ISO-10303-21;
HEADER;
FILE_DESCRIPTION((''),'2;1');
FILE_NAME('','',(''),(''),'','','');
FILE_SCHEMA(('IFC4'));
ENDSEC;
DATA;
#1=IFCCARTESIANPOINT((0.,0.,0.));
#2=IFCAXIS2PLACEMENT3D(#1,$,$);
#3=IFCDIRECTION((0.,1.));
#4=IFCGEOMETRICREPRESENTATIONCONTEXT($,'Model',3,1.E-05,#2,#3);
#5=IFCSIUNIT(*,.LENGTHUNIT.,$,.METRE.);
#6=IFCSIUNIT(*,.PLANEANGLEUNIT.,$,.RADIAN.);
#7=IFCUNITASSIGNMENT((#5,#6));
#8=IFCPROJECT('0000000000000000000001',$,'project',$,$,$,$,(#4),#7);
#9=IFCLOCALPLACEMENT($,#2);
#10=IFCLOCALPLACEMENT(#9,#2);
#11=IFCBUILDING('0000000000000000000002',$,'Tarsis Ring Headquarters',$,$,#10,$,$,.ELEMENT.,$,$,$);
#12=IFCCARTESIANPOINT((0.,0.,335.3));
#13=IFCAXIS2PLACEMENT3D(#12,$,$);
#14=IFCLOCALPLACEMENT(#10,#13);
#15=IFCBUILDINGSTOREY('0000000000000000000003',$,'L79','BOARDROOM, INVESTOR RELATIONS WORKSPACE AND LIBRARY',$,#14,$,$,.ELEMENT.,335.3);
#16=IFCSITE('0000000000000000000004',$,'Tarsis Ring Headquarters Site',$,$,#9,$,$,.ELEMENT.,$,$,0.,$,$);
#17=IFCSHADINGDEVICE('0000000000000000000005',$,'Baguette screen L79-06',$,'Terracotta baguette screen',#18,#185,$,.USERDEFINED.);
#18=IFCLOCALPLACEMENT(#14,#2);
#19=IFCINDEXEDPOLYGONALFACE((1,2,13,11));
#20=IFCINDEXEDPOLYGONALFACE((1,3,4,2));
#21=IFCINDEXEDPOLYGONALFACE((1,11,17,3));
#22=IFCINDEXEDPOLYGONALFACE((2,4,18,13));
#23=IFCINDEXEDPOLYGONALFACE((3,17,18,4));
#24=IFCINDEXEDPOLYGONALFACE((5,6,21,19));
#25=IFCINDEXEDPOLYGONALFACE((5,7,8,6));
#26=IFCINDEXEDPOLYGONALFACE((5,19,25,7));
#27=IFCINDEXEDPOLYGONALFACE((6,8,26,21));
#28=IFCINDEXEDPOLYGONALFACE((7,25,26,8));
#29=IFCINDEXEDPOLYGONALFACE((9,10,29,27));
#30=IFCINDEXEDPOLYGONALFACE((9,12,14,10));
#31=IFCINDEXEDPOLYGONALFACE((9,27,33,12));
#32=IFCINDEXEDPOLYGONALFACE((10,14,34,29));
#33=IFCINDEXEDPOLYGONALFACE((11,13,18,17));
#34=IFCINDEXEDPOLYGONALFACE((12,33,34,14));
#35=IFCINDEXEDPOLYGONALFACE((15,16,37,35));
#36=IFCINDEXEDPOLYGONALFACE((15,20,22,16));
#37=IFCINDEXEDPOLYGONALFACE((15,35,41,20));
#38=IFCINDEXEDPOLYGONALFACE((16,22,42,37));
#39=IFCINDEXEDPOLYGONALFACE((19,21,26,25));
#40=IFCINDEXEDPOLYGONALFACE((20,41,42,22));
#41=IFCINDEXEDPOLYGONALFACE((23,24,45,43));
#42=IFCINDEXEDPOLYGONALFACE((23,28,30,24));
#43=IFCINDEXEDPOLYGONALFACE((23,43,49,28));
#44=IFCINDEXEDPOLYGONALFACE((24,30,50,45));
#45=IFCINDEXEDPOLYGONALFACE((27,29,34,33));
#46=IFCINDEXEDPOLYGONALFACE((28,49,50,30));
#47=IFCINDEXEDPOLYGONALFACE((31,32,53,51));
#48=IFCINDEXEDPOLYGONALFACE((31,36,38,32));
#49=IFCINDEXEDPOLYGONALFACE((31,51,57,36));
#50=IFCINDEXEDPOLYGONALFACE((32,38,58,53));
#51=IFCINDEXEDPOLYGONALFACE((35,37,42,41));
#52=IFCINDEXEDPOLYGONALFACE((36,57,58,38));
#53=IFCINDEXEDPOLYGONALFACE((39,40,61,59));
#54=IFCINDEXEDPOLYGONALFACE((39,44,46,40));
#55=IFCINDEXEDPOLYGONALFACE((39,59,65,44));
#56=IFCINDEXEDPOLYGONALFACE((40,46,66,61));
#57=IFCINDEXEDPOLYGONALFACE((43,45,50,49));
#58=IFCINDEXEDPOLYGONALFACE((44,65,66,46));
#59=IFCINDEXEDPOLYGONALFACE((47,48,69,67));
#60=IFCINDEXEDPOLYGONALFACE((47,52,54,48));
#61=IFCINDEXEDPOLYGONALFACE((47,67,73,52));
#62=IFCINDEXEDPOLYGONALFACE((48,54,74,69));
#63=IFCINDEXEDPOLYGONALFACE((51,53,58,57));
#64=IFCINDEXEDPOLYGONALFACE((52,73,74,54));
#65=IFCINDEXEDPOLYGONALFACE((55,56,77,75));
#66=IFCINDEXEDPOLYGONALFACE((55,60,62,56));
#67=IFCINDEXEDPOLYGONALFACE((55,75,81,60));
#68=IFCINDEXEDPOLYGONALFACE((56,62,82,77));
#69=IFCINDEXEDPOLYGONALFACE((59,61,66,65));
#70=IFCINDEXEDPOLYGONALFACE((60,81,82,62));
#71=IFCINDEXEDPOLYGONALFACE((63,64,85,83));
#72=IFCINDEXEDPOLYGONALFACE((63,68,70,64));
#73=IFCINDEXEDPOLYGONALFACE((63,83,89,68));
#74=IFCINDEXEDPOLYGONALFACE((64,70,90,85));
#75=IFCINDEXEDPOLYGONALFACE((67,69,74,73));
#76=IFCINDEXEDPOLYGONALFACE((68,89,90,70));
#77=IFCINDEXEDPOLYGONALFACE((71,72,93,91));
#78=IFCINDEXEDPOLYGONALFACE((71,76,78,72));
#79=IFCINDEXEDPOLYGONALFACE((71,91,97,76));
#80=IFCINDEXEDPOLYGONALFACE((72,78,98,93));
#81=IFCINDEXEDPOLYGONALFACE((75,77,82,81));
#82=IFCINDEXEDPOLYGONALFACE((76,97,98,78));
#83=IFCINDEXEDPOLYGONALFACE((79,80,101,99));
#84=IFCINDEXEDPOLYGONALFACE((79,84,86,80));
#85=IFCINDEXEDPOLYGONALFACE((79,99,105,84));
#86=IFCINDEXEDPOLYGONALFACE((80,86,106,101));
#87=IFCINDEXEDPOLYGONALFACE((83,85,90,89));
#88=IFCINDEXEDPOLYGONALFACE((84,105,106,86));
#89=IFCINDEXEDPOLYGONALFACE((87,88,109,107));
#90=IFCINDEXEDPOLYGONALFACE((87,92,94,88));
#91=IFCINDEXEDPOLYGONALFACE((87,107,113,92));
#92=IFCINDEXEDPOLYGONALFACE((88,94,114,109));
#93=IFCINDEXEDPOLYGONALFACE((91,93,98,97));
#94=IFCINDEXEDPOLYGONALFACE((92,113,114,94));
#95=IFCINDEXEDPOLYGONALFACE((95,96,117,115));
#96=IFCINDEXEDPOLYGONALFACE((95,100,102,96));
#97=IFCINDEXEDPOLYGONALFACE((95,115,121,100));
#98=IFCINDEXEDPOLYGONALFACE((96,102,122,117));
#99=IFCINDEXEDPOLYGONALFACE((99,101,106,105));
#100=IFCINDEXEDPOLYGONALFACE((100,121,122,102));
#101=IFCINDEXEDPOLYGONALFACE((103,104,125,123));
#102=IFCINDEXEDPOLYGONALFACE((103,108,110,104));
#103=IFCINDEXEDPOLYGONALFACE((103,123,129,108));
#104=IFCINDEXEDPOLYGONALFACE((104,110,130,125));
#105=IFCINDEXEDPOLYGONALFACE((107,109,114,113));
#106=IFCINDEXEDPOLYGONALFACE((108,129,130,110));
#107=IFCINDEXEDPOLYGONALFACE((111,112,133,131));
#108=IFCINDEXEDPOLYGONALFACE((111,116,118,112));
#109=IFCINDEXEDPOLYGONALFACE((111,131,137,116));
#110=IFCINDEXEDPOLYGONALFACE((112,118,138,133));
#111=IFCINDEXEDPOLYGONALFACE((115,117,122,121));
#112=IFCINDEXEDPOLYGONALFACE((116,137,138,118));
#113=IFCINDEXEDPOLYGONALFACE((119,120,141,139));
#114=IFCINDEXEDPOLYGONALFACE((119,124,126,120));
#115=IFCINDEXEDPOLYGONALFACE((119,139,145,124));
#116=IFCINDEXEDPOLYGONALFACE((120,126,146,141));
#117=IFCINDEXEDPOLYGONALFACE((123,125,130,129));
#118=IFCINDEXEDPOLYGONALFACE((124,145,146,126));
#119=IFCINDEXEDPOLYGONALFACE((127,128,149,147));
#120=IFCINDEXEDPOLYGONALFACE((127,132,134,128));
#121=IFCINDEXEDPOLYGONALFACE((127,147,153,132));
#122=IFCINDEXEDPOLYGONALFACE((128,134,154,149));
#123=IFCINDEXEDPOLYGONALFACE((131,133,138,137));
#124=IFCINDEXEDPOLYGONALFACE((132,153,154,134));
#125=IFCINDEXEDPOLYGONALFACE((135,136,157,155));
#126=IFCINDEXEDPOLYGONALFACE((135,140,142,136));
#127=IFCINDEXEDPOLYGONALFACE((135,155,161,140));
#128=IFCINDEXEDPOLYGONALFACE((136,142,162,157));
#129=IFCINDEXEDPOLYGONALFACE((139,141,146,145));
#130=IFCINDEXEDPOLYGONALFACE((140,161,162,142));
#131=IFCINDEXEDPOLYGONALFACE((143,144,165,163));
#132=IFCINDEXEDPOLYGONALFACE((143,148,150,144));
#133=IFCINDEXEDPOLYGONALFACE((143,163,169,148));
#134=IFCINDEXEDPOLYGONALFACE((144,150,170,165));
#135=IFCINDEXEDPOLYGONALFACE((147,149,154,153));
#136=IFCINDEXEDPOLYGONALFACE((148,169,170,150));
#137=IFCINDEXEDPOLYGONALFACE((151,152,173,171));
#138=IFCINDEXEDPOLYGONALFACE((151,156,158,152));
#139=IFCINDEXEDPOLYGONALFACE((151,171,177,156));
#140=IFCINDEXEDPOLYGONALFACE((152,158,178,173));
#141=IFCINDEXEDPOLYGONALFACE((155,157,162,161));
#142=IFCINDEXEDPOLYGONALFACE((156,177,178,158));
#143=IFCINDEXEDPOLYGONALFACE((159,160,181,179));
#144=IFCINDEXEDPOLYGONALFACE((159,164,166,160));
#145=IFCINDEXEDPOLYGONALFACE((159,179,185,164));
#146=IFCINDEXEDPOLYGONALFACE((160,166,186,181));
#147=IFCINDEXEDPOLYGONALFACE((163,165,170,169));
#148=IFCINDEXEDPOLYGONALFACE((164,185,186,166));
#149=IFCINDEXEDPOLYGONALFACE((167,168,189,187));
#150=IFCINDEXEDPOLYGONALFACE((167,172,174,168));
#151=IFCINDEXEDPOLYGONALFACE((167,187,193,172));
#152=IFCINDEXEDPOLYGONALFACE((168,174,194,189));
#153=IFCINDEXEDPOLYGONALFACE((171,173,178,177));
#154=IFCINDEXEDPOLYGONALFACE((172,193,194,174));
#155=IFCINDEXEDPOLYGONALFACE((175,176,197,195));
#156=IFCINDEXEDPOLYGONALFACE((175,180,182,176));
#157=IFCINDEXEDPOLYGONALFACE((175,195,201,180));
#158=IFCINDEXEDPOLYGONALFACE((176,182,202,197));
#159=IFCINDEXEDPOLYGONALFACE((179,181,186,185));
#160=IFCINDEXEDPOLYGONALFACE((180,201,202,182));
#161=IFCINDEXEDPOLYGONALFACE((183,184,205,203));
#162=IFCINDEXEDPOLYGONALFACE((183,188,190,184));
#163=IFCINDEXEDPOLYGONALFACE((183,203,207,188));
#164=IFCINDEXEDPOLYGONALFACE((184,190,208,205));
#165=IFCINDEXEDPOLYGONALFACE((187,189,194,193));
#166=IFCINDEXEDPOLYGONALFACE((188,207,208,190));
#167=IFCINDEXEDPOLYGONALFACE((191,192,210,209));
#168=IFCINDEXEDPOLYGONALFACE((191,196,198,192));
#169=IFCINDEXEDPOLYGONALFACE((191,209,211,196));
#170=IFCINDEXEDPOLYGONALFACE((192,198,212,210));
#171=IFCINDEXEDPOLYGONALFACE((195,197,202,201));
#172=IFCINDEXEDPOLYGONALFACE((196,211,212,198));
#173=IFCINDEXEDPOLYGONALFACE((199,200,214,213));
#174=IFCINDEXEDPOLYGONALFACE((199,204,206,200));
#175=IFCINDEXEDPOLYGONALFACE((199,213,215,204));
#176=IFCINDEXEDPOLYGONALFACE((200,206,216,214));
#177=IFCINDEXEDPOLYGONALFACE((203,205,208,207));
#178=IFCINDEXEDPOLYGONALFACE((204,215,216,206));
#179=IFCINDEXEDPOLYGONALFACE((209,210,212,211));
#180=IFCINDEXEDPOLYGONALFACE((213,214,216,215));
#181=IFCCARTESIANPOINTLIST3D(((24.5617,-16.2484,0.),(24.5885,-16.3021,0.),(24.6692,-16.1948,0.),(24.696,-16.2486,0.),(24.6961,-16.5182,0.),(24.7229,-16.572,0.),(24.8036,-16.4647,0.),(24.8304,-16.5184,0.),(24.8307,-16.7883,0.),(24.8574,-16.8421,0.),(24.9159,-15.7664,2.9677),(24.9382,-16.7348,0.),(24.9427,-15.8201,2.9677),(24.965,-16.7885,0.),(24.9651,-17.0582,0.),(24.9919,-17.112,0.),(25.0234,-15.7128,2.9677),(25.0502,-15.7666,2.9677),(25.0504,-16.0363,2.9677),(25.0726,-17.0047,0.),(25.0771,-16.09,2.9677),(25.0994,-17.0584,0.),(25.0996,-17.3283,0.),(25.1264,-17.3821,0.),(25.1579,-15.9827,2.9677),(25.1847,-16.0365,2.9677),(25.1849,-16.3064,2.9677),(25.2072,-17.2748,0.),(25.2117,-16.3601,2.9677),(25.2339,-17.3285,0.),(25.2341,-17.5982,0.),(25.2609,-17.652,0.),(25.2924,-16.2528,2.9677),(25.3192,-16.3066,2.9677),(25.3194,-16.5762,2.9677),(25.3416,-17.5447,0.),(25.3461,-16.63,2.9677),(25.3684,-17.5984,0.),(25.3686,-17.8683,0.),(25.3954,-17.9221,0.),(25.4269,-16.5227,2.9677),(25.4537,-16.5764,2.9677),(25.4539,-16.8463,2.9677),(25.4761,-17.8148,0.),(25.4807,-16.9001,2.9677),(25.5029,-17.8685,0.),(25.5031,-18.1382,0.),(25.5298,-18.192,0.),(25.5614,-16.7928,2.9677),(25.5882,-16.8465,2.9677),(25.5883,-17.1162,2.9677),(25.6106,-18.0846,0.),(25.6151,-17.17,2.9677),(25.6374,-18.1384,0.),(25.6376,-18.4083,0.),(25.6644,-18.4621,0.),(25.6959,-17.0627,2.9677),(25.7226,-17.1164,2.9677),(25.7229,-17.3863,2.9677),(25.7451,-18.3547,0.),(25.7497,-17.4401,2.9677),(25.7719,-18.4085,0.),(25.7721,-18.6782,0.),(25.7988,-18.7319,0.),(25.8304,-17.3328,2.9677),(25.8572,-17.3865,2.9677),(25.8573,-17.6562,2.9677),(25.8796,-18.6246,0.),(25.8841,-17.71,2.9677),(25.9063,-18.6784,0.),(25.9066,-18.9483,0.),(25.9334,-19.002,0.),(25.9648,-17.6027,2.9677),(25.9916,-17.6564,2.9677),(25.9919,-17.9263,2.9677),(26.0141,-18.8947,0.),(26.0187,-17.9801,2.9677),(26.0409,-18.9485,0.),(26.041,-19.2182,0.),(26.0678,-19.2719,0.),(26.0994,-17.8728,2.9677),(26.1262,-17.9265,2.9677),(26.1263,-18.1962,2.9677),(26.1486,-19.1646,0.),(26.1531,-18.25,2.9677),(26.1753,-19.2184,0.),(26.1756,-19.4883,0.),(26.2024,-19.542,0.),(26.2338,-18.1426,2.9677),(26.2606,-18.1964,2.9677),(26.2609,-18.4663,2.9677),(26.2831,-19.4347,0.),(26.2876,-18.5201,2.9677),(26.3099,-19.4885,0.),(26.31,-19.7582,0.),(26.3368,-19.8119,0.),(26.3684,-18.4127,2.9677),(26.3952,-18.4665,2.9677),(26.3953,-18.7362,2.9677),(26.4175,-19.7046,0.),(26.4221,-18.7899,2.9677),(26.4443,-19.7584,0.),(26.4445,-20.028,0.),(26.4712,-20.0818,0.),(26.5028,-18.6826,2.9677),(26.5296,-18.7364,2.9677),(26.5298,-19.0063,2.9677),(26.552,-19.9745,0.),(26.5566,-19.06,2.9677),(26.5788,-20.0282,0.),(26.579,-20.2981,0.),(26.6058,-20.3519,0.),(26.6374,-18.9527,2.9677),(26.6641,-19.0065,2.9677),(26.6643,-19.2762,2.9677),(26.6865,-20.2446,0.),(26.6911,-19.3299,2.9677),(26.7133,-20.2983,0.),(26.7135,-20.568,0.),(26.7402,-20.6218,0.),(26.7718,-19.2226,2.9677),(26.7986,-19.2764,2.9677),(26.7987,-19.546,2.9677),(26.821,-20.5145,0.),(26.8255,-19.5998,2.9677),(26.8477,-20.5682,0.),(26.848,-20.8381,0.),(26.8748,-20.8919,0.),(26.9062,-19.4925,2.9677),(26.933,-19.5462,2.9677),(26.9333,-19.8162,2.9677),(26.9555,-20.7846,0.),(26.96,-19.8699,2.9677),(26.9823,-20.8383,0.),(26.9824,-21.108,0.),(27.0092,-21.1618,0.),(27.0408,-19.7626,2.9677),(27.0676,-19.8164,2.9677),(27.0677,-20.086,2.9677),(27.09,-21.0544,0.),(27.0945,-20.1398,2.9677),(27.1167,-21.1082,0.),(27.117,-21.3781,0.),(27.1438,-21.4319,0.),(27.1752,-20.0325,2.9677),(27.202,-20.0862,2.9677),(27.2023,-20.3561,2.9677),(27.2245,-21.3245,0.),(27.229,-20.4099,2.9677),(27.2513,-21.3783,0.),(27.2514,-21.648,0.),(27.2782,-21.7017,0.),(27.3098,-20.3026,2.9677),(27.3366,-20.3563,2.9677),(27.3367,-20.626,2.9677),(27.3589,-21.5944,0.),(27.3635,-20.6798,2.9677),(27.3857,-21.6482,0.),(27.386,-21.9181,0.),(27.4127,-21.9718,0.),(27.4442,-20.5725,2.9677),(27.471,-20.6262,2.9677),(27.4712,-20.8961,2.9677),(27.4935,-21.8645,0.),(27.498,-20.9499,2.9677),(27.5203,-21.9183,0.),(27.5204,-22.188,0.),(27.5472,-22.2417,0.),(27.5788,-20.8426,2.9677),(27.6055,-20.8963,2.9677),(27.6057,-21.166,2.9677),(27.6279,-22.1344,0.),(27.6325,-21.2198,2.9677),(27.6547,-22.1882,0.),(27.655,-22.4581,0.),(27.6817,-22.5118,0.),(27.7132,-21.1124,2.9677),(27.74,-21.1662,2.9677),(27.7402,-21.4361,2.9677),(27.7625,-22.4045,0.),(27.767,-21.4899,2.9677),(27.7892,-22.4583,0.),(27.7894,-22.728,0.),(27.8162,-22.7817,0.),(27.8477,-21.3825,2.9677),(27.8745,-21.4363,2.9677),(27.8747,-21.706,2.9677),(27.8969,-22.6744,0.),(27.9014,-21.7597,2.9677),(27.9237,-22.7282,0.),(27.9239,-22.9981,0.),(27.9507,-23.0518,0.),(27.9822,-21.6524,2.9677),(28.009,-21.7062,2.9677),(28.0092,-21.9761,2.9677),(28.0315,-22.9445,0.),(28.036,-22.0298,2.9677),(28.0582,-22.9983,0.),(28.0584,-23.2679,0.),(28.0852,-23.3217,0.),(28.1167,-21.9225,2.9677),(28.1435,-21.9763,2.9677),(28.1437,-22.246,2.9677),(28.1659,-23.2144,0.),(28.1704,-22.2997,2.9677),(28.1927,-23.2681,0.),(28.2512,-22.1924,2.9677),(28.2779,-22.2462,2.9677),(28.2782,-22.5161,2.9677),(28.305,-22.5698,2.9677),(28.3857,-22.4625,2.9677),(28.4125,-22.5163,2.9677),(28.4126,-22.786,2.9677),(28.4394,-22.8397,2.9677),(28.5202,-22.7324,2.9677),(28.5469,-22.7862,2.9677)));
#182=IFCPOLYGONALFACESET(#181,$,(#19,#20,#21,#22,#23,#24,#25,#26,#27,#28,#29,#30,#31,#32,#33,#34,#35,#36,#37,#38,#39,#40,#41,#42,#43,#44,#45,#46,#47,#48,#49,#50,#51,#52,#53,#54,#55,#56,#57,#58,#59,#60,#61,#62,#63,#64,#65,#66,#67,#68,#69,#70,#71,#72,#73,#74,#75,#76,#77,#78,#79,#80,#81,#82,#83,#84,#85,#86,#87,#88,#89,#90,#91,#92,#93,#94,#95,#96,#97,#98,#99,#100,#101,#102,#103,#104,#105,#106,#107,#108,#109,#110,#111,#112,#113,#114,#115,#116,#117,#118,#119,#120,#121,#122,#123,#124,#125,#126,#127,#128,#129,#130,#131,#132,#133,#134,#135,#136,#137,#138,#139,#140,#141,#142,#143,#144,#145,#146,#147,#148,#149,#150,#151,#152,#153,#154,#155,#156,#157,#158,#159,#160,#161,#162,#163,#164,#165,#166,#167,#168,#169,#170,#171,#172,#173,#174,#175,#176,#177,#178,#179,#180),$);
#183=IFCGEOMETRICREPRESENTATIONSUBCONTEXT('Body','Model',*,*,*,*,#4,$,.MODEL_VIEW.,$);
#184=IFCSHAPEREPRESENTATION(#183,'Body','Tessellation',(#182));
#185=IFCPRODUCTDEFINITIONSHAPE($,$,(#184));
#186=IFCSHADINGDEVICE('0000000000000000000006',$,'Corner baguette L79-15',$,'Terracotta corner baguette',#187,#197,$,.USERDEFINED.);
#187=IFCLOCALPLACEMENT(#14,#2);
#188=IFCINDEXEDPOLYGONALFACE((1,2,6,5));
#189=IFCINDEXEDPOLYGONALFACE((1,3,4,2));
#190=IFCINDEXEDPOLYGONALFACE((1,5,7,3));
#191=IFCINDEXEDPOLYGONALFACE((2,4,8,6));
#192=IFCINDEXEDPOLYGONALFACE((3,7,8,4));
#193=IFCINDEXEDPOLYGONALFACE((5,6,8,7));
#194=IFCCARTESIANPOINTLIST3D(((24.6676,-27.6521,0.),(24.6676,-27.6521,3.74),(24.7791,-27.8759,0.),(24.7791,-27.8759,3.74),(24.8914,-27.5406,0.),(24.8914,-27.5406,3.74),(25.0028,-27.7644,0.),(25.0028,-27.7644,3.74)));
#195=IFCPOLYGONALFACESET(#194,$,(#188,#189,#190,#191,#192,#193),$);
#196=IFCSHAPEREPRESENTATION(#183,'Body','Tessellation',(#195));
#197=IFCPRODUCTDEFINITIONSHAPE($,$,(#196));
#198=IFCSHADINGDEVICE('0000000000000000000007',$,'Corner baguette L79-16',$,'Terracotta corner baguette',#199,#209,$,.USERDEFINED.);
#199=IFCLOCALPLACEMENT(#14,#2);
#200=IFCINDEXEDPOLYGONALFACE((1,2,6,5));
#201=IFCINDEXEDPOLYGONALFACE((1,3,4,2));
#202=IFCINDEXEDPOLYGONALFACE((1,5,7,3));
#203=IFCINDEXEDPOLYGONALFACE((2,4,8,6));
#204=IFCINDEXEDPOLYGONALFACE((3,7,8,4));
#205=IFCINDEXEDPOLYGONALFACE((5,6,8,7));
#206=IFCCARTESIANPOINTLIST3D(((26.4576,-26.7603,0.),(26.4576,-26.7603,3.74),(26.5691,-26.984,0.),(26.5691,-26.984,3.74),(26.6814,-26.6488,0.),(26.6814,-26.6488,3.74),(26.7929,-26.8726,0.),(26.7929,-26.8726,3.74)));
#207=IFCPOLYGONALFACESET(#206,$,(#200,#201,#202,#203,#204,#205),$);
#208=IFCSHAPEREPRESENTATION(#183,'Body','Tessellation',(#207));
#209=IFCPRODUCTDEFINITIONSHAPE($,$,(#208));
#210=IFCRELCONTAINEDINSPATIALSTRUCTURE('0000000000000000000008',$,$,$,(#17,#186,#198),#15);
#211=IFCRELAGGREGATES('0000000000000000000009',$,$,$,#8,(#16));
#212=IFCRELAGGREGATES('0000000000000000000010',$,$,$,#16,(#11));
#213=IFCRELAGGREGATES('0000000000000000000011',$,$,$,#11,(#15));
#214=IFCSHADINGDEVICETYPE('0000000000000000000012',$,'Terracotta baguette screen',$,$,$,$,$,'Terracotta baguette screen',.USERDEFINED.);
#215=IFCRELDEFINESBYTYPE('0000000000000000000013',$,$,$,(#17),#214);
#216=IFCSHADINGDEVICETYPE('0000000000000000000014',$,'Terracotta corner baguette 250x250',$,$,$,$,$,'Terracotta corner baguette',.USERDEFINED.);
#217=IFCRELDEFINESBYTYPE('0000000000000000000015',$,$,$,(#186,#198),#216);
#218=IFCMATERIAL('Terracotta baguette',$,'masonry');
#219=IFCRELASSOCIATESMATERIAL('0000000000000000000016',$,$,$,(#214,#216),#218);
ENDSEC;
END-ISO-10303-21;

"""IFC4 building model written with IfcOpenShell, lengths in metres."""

from ifc_helpers import new_model, si_unit, direction, frame, frame_2d, origin, origin_2d, place, context, subcontext, project, spatial, rectangle, composite_profile, extrude, material, type_object, element, save


model = new_model("IFC4")

# Units and contexts
model_context = context("Model", 3, precision=1e-05, world=origin(), true_north=direction((0.0, 1.0)))
body_context = subcontext(model_context, "Body", "Model", "MODEL_VIEW")
ifc_project = project(units=[si_unit("LENGTHUNIT", "METRE"), si_unit("PLANEANGLEUNIT", "RADIAN")], contexts=[model_context])

# Site, building, storey
site_placement = place(None, origin())
site = spatial("IfcSite", under=ifc_project, at=site_placement, Name="Tarsis Ring Headquarters Site", CompositionType="ELEMENT", RefElevation=0.0)
building_placement = place(site_placement, origin())
building = spatial("IfcBuilding", under=site, at=building_placement, Name="Tarsis Ring Headquarters", CompositionType="ELEMENT")
storey_placement = place(building_placement, frame((0.0, 0.0, 335.3)))
storey = spatial("IfcBuildingStorey", under=building, at=storey_placement, Name="L79", Description="BOARDROOM, INVESTOR RELATIONS WORKSPACE AND LIBRARY", CompositionType="ELEMENT", Elevation=335.3)

# Shading devices
ifc_material_1 = material(Name="Terracotta baguette", Category="masonry")
shading_device_type_1 = type_object("IfcShadingDeviceType", Name="Terracotta baguette screen", ElementType="Terracotta baguette screen", PredefinedType="USERDEFINED", material=ifc_material_1)
shading_device_1_placement = place(storey_placement, frame((28.1389, -23.2949, 0.0), z_axis=(0.0, 0.0, 1.0), x_axis=(-0.445872, 0.895082, 0.0)))
element("IfcShadingDevice", 1, at=shading_device_1_placement, inside=storey, type_object=shading_device_type_1, Name="Baguette screen L79-06", ObjectType="Terracotta baguette screen", PredefinedType="USERDEFINED", context=body_context, shape_type="SweptSolid", body=[
    extrude(composite_profile([rectangle(XDim=0.0601, YDim=0.1201, at=frame_2d((0.03, 0.0))), rectangle(XDim=0.0601, YDim=0.1201, at=frame_2d((0.3315, 0.0))), rectangle(XDim=0.0601, YDim=0.1201, at=frame_2d((0.6333, 0.0))), rectangle(XDim=0.0601, YDim=0.1201, at=frame_2d((0.9348, 0.0))), rectangle(XDim=0.0601, YDim=0.1201, at=frame_2d((1.2366, 0.0))), rectangle(XDim=0.0601, YDim=0.1201, at=frame_2d((1.5381, 0.0))), rectangle(XDim=0.0601, YDim=0.1201, at=frame_2d((1.8398, 0.0))), rectangle(XDim=0.0601, YDim=0.1201, at=frame_2d((2.1414, 0.0))), rectangle(XDim=0.0601, YDim=0.1201, at=frame_2d((2.4431, 0.0))), rectangle(XDim=0.0601, YDim=0.1201, at=frame_2d((2.7446, 0.0))), rectangle(XDim=0.0601, YDim=0.1201, at=frame_2d((3.0464, 0.0))), rectangle(XDim=0.0601, YDim=0.1201, at=frame_2d((3.3479, 0.0))), rectangle(XDim=0.0601, YDim=0.1201, at=frame_2d((3.6497, 0.0))), rectangle(XDim=0.0601, YDim=0.1201, at=frame_2d((3.9512, 0.0))), rectangle(XDim=0.0601, YDim=0.1201, at=frame_2d((4.2527, 0.0))), rectangle(XDim=0.0601, YDim=0.1201, at=frame_2d((4.5544, 0.0))), rectangle(XDim=0.0601, YDim=0.1201, at=frame_2d((4.856, 0.0))), rectangle(XDim=0.0601, YDim=0.1201, at=frame_2d((5.1577, 0.0))), rectangle(XDim=0.0601, YDim=0.1201, at=frame_2d((5.4592, 0.0))), rectangle(XDim=0.0601, YDim=0.1201, at=frame_2d((5.761, 0.0))), rectangle(XDim=0.0601, YDim=0.1201, at=frame_2d((6.0625, 0.0))), rectangle(XDim=0.0601, YDim=0.1201, at=frame_2d((6.3643, 0.0))), rectangle(XDim=0.0601, YDim=0.1201, at=frame_2d((6.6658, 0.0))), rectangle(XDim=0.0601, YDim=0.1201, at=frame_2d((6.9675, 0.0))), rectangle(XDim=0.0601, YDim=0.1201, at=frame_2d((7.269, 0.0))), rectangle(XDim=0.0601, YDim=0.1201, at=frame_2d((7.5708, 0.0))), rectangle(XDim=0.0601, YDim=0.1201, at=frame_2d((7.8723, 0.0)))]), origin(), (0.090333, -0.175732, 0.980285), 3.0273),
])
shading_device_type_2 = type_object("IfcShadingDeviceType", Name="Terracotta corner baguette 250x250", ElementType="Terracotta corner baguette", PredefinedType="USERDEFINED", material=ifc_material_1)
for number, where, z_axis, x_axis, name in (
    (2, (24.8352, -27.7083, 0.0), (0.0, 0.0, 1.0), (-0.445885, 0.89509, 0.0), "Corner baguette L79-15"),
    (3, (26.6252, -26.8164, 0.0), (0.0, 0.0, 1.0), (0.89509, 0.445886, 0.0), "Corner baguette L79-16"),
):
    element("IfcShadingDevice", number, at=place(storey_placement, frame(where, z_axis=z_axis, x_axis=x_axis)), inside=storey, type_object=shading_device_type_2, Name=name, ObjectType="Terracotta corner baguette", PredefinedType="USERDEFINED", context=body_context, shape_type="SweptSolid", body=[
        extrude(rectangle(XDim=0.25, YDim=0.25, at=origin_2d()), origin(), (0.0, 0.0, 1.0), 3.74),
    ])

save(model, "model.ifc")
